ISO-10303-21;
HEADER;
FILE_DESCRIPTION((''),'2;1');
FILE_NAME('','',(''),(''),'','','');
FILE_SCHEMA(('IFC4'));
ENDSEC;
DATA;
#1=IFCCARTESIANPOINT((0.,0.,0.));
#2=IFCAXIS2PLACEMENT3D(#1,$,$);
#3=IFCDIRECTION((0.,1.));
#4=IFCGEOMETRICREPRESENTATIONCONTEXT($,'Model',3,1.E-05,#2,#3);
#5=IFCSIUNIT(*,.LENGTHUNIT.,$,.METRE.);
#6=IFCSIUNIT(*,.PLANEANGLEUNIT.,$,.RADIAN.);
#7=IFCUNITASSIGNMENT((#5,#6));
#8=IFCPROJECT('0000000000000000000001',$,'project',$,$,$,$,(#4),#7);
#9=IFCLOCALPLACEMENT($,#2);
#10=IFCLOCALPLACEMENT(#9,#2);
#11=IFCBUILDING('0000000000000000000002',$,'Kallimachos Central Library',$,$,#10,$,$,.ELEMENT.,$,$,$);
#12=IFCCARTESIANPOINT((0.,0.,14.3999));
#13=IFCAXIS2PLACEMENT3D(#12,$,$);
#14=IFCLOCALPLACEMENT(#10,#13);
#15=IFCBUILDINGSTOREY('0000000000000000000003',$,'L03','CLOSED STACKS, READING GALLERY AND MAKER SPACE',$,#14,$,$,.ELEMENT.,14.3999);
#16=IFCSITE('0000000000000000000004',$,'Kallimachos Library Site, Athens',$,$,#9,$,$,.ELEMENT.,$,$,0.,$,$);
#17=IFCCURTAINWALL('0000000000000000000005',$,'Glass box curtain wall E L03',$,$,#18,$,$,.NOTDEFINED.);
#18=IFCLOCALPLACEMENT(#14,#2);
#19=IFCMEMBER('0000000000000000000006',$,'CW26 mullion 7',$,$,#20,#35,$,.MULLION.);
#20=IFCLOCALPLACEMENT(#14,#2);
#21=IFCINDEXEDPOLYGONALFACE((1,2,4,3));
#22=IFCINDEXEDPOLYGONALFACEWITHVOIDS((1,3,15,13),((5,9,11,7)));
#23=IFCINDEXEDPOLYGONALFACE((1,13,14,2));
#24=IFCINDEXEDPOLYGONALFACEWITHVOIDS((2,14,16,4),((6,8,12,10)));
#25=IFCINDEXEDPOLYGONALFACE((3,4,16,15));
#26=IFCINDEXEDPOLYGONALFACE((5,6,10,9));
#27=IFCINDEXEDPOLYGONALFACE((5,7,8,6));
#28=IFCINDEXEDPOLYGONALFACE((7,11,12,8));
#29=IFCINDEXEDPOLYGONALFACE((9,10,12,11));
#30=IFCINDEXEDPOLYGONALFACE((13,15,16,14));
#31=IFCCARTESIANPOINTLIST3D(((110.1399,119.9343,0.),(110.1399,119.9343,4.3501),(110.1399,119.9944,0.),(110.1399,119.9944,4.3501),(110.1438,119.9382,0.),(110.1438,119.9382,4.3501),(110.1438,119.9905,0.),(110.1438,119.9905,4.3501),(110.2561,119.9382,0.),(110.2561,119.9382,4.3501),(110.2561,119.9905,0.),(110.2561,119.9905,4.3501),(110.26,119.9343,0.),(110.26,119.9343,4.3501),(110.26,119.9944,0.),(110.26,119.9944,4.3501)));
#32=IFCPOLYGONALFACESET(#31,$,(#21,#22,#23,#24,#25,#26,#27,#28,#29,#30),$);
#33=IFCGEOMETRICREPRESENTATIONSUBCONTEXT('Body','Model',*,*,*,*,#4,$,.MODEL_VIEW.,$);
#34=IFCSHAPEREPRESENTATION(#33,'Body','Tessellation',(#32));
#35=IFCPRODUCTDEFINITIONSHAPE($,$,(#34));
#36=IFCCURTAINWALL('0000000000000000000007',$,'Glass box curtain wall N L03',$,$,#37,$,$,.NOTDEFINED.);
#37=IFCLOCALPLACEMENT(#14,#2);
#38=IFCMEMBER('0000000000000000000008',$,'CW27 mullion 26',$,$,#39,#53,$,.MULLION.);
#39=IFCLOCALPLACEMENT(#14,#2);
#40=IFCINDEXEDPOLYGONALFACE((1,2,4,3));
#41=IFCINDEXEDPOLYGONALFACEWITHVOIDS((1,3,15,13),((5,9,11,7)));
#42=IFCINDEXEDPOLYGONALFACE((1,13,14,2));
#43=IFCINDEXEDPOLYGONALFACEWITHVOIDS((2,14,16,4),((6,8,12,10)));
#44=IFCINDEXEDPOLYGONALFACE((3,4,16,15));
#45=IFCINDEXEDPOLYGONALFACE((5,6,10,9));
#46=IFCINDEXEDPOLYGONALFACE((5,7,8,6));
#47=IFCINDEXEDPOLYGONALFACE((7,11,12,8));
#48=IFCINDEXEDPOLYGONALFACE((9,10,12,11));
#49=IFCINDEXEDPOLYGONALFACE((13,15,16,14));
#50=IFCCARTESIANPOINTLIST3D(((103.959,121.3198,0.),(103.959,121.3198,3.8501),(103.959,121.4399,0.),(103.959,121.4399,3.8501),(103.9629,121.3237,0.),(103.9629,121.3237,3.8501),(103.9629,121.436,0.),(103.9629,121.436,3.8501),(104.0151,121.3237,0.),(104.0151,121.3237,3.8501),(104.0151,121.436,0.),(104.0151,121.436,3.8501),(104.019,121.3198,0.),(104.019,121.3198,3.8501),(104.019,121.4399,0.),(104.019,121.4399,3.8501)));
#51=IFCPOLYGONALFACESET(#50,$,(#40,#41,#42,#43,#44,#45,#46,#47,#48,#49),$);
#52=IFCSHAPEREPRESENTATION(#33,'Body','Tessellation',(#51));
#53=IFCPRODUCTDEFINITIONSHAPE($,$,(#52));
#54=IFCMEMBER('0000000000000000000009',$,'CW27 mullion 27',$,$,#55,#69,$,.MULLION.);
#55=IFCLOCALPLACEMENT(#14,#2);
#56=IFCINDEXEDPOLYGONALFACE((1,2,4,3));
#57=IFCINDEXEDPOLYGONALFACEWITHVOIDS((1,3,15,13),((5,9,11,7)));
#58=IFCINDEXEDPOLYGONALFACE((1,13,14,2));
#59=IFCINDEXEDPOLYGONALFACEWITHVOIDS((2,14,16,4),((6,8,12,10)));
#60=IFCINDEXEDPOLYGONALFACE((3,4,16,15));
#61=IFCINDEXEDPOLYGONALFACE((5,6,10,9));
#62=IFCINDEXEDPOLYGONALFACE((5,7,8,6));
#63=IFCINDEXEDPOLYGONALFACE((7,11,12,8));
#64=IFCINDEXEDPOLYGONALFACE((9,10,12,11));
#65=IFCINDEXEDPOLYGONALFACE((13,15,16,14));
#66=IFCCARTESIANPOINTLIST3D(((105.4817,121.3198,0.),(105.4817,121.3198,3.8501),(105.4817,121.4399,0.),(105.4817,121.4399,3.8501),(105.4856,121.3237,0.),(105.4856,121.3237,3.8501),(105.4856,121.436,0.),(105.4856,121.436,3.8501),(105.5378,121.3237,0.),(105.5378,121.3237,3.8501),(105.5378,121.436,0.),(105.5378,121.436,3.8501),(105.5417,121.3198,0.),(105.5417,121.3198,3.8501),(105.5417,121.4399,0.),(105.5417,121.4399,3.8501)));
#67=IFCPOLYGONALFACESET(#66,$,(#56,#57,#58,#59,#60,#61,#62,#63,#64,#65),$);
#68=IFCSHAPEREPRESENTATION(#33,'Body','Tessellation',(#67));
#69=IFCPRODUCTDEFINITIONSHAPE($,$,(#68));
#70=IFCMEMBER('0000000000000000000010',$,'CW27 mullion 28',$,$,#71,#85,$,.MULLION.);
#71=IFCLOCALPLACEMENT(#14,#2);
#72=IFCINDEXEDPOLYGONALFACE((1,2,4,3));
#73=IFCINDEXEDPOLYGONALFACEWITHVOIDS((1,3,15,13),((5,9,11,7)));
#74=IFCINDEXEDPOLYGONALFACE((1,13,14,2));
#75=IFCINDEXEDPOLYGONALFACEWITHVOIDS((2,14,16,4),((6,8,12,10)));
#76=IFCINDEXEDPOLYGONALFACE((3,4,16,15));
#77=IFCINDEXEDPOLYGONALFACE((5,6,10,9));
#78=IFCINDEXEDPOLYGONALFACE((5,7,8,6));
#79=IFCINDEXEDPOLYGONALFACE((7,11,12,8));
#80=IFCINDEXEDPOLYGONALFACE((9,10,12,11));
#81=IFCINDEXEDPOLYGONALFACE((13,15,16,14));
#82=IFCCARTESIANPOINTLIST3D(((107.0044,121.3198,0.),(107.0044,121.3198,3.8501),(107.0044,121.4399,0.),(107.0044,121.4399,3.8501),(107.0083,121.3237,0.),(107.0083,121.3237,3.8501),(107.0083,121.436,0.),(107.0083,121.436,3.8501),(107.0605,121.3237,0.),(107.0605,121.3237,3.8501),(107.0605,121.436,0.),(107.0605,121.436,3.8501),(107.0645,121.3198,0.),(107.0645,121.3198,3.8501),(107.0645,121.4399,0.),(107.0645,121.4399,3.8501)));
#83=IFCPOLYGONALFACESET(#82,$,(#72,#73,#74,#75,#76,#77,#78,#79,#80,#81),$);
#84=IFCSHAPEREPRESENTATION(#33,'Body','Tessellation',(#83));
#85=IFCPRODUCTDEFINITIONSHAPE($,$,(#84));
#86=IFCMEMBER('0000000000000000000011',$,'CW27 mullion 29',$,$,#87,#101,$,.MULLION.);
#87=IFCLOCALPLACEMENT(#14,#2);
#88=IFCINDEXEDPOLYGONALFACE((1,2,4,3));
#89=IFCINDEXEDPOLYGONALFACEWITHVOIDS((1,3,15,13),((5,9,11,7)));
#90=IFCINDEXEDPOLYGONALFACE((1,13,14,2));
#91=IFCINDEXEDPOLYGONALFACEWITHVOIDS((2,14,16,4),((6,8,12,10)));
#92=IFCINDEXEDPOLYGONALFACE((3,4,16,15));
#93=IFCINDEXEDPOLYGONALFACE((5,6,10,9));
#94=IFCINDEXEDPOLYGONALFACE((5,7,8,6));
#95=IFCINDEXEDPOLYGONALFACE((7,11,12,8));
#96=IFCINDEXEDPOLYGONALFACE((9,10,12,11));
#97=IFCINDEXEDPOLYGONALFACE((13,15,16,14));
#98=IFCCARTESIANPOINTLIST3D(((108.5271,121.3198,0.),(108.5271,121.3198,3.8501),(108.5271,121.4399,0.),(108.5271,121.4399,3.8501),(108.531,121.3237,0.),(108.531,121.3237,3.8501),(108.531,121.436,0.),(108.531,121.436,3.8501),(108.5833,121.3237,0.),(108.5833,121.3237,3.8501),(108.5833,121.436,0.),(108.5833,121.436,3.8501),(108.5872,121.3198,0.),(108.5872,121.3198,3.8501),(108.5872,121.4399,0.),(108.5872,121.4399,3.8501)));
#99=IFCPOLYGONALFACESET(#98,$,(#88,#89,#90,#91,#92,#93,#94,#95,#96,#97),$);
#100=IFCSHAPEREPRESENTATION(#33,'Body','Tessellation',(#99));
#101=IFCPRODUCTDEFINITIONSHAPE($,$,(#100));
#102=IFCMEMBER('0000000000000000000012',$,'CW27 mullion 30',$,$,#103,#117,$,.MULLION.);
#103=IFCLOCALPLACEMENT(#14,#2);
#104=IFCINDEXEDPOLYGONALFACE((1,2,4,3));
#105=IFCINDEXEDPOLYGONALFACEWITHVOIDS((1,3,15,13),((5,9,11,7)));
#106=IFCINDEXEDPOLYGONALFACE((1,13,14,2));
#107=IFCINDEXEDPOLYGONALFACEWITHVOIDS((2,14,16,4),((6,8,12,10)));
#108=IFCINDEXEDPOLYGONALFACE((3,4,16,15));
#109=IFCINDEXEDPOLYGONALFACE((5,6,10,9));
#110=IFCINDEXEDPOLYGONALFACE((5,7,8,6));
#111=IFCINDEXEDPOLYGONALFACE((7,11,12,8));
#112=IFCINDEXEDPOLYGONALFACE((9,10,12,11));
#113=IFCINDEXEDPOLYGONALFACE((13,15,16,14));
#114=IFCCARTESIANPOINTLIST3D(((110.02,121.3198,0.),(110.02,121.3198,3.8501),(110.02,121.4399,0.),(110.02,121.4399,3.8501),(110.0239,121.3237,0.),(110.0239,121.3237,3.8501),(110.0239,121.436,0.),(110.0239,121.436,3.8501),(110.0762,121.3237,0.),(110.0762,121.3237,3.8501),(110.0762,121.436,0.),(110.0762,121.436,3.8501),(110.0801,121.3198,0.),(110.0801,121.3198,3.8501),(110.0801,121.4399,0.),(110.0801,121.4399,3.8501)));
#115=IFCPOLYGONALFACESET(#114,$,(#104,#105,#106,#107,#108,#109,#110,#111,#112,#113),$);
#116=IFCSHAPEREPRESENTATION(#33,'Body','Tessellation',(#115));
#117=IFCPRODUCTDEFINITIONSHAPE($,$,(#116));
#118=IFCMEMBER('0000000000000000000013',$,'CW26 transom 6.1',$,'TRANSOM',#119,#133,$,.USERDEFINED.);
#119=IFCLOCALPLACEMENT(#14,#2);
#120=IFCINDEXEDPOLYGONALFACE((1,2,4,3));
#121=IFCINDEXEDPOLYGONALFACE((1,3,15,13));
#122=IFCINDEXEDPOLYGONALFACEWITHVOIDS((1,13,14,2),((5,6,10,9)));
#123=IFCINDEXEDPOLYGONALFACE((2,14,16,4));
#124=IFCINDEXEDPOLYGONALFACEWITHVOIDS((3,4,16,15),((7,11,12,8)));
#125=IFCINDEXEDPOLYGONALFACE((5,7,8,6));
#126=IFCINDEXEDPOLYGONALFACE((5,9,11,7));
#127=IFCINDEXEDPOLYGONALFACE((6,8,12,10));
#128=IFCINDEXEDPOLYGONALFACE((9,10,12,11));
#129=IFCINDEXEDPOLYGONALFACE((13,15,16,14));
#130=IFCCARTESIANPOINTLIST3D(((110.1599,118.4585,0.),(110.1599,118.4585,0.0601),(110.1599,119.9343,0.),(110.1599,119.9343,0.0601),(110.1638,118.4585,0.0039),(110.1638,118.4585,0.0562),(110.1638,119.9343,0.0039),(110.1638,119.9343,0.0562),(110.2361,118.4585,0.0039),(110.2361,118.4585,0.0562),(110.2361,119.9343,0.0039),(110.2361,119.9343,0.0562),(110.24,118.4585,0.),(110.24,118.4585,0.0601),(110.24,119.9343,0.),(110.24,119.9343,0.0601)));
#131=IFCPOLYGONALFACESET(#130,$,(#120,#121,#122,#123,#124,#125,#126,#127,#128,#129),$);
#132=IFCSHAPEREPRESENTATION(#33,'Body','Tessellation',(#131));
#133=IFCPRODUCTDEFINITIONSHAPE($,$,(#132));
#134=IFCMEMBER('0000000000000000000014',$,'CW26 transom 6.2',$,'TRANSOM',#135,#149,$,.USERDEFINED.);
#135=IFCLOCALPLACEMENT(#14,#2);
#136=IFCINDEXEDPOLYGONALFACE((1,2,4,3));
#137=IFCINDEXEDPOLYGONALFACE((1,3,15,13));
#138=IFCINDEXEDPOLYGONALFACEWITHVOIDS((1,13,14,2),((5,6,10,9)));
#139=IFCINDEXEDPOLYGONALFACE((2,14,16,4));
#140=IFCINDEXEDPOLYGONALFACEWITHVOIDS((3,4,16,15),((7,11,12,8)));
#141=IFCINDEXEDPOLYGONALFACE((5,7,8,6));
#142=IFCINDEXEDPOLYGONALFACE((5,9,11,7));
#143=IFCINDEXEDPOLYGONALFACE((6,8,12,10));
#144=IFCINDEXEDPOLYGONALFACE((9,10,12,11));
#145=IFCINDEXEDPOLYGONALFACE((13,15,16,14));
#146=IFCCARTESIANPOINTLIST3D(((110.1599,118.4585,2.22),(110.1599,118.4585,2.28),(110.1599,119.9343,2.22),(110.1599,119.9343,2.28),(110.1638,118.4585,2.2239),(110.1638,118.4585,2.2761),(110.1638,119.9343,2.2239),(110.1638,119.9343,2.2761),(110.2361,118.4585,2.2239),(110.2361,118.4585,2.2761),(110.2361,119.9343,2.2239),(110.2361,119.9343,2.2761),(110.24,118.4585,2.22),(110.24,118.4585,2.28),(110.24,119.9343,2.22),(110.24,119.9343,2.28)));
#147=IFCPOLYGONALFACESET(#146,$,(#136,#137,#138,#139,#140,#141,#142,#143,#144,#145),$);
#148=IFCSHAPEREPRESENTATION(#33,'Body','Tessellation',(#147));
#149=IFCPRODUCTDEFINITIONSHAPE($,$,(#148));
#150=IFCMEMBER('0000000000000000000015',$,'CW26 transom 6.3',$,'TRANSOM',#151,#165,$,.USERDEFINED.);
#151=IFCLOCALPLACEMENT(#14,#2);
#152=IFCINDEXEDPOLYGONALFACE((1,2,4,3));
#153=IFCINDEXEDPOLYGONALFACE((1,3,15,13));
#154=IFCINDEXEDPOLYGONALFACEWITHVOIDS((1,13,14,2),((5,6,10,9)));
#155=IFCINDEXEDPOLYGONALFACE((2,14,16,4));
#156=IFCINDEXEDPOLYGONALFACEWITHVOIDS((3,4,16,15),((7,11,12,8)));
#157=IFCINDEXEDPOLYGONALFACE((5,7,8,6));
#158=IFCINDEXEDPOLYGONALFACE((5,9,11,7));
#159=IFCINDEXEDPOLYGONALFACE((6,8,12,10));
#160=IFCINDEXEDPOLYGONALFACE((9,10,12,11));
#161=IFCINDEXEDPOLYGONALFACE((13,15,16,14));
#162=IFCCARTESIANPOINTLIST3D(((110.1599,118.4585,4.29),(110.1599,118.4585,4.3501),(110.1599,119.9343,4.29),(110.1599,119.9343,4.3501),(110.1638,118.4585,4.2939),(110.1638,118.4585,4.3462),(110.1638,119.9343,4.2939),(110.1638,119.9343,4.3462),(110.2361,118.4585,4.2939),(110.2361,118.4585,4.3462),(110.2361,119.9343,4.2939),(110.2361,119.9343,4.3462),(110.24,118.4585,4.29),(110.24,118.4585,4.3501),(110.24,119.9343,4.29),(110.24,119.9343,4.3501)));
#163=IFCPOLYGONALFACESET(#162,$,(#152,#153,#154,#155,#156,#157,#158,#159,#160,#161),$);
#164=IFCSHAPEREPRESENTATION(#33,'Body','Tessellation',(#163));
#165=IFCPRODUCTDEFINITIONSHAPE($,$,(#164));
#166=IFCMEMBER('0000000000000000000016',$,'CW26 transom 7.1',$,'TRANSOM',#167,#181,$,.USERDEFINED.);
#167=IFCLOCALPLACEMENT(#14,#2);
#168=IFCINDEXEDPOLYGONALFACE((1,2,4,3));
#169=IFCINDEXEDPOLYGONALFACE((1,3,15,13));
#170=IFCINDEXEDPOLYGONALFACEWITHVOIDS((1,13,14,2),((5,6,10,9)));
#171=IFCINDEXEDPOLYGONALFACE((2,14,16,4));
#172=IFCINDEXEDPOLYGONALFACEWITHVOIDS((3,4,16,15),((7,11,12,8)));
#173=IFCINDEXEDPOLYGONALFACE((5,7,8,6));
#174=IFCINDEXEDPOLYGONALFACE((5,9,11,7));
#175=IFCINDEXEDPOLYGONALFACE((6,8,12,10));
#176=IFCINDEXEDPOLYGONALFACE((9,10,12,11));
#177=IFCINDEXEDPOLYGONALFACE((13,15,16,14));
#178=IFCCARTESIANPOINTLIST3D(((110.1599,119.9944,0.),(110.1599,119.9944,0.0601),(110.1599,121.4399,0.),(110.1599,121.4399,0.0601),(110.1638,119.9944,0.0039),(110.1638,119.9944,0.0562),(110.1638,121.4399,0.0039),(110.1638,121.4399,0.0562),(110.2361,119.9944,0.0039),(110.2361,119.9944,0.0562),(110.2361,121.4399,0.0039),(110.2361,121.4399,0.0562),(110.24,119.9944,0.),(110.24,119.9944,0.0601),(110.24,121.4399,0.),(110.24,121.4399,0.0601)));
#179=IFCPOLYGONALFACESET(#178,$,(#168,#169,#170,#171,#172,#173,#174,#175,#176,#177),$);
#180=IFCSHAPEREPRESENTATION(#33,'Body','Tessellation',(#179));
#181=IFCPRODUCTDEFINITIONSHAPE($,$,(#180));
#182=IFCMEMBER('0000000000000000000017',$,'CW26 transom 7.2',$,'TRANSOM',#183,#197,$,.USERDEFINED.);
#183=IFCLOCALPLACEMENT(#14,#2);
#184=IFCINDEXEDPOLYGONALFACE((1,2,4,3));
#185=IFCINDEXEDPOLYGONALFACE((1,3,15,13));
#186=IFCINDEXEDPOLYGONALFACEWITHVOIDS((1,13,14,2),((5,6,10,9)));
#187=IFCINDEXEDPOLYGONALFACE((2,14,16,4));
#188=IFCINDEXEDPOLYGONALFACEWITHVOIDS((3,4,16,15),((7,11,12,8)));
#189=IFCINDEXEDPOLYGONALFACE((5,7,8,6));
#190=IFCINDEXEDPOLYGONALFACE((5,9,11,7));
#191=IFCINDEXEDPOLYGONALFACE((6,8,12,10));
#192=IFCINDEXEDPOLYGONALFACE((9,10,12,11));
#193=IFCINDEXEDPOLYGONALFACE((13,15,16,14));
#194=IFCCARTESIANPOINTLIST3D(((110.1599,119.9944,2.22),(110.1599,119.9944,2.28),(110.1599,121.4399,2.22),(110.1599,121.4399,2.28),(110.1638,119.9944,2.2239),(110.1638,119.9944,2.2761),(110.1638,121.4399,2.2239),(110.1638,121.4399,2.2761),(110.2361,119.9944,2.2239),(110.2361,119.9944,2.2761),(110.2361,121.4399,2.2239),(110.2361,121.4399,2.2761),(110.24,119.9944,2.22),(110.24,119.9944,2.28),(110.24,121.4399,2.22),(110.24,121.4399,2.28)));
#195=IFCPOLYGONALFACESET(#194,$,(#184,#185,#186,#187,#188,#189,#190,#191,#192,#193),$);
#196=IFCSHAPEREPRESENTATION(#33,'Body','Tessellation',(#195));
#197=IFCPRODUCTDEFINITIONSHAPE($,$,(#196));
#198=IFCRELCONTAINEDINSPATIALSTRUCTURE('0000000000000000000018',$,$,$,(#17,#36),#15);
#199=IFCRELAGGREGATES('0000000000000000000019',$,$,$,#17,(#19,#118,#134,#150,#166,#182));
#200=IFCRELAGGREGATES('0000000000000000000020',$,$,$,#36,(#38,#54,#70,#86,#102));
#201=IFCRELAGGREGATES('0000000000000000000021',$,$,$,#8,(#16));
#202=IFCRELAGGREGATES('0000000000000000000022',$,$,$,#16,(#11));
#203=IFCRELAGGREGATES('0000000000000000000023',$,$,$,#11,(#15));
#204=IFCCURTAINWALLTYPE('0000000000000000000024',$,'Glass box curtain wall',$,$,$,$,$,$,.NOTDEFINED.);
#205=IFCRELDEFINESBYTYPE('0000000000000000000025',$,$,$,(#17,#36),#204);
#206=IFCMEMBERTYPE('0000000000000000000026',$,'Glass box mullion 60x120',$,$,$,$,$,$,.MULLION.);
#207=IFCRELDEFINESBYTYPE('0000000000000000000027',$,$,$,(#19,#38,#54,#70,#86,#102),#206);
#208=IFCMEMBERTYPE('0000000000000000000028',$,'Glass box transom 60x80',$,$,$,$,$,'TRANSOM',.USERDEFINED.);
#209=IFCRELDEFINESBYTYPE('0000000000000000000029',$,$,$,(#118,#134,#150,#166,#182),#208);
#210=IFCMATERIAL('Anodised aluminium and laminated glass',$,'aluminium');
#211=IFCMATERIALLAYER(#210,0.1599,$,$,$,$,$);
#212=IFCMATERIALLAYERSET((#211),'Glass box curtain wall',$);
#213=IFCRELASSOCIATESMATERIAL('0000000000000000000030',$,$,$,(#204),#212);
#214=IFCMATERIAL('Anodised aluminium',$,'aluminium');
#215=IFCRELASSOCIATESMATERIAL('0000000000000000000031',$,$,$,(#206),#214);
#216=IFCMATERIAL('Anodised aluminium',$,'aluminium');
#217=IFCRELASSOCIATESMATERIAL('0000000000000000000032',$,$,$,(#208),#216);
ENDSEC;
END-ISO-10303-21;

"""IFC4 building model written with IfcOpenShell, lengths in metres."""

from ifc_helpers import new_model, si_unit, direction, frame, origin, origin_2d, place, context, subcontext, project, spatial, hollow_rectangle, extrude, material, layer, layer_set, material_profile, profile_set, type_object, element, aggregate, save


model = new_model("IFC4")

# Units and contexts
model_context = context("Model", 3, precision=1e-05, world=origin(), true_north=direction((0.0, 1.0)))
body_context = subcontext(model_context, "Body", "Model", "MODEL_VIEW")
ifc_project = project(units=[si_unit("LENGTHUNIT", "METRE"), si_unit("PLANEANGLEUNIT", "RADIAN")], contexts=[model_context])

# Site, building, storey
site_placement = place(None, origin())
site = spatial("IfcSite", under=ifc_project, at=site_placement, Name="Kallimachos Library Site, Athens", CompositionType="ELEMENT", RefElevation=0.0)
building_placement = place(site_placement, origin())
building = spatial("IfcBuilding", under=site, at=building_placement, Name="Kallimachos Central Library", CompositionType="ELEMENT")
storey_placement = place(building_placement, frame((0.0, 0.0, 14.3999)))
storey = spatial("IfcBuildingStorey", under=building, at=storey_placement, Name="L03", Description="CLOSED STACKS, READING GALLERY AND MAKER SPACE", CompositionType="ELEMENT", Elevation=14.3999)

# Curtain wall, member
ifc_material_1 = material(Name="Anodised aluminium and laminated glass", Category="aluminium")
ifc_layer_1 = layer(ifc_material_1, 0.1599)
ifc_layer_set_1 = layer_set([ifc_layer_1], Name="Glass box curtain wall")
curtain_wall_type = type_object("IfcCurtainWallType", Name="Glass box curtain wall", PredefinedType="NOTDEFINED", material=ifc_layer_set_1)
curtain_wall_1_placement = place(storey_placement, origin())
curtain_wall_1 = element("IfcCurtainWall", 1, at=curtain_wall_1_placement, inside=storey, type_object=curtain_wall_type, Name="Glass box curtain wall E L03", PredefinedType="NOTDEFINED")
ifc_material_2 = material(Name="Anodised aluminium", Category="aluminium")
ifc_material_profile_1 = material_profile(ifc_material_2, hollow_rectangle(XDim=0.0601, YDim=0.1201, WallThickness=0.0039, at=origin_2d()), Name="ALU MULLION 60x120")
ifc_profile_set_1 = profile_set([ifc_material_profile_1], Name="Anodised aluminium")
member_type_1 = type_object("IfcMemberType", Name="Glass box mullion 60x120", PredefinedType="MULLION", material=ifc_profile_set_1)
member_1_placement = place(storey_placement, frame((110.2, 119.9644, 0.0), z_axis=(0.0, 0.0, 1.0), x_axis=(0.0, 1.0, 0.0)))
member_1 = element("IfcMember", 2, at=member_1_placement, type_object=member_type_1, Name="CW26 mullion 7", PredefinedType="MULLION", context=body_context, shape_type="SweptSolid", body=[
    extrude(hollow_rectangle(XDim=0.0601, YDim=0.1201, WallThickness=0.0039, at=origin_2d()), origin(), (0.0, 0.0, 1.0), 4.3501),
])

# Curtain wall, members
curtain_wall_2_placement = place(storey_placement, origin())
curtain_wall_2 = element("IfcCurtainWall", 3, at=curtain_wall_2_placement, inside=storey, type_object=curtain_wall_type, Name="Glass box curtain wall N L03", PredefinedType="NOTDEFINED")
member_2_placement = place(storey_placement, frame((103.989, 121.3799, 0.0), z_axis=(0.0, 0.0, 1.0), x_axis=(1.0, 0.0, 0.0)))
member_2 = element("IfcMember", 4, at=member_2_placement, type_object=member_type_1, Name="CW27 mullion 26", PredefinedType="MULLION", context=body_context, shape_type="SweptSolid", body=[
    extrude(hollow_rectangle(XDim=0.0601, YDim=0.1201, WallThickness=0.0039, at=origin_2d()), origin(), (0.0, 0.0, 1.0), 3.8501),
])
member_3_placement = place(storey_placement, frame((105.5117, 121.3799, 0.0), z_axis=(0.0, 0.0, 1.0), x_axis=(1.0, 0.0, 0.0)))
member_3 = element("IfcMember", 5, at=member_3_placement, type_object=member_type_1, Name="CW27 mullion 27", PredefinedType="MULLION", context=body_context, shape_type="SweptSolid", body=[
    extrude(hollow_rectangle(XDim=0.0601, YDim=0.1201, WallThickness=0.0039, at=origin_2d()), origin(), (0.0, 0.0, 1.0), 3.8501),
])
member_4_placement = place(storey_placement, frame((107.0344, 121.3799, 0.0), z_axis=(0.0, 0.0, 1.0), x_axis=(1.0, 0.0, 0.0)))
member_4 = element("IfcMember", 6, at=member_4_placement, type_object=member_type_1, Name="CW27 mullion 28", PredefinedType="MULLION", context=body_context, shape_type="SweptSolid", body=[
    extrude(hollow_rectangle(XDim=0.0601, YDim=0.1201, WallThickness=0.0039, at=origin_2d()), origin(), (0.0, 0.0, 1.0), 3.8501),
])
member_5_placement = place(storey_placement, frame((108.5571, 121.3799, 0.0), z_axis=(0.0, 0.0, 1.0), x_axis=(1.0, 0.0, 0.0)))
member_5 = element("IfcMember", 7, at=member_5_placement, type_object=member_type_1, Name="CW27 mullion 29", PredefinedType="MULLION", context=body_context, shape_type="SweptSolid", body=[
    extrude(hollow_rectangle(XDim=0.0601, YDim=0.1201, WallThickness=0.0039, at=origin_2d()), origin(), (0.0, 0.0, 1.0), 3.8501),
])
member_6_placement = place(storey_placement, frame((110.05, 121.3799, 0.0), z_axis=(0.0, 0.0, 1.0), x_axis=(1.0, 0.0, 0.0)))
member_6 = element("IfcMember", 8, at=member_6_placement, type_object=member_type_1, Name="CW27 mullion 30", PredefinedType="MULLION", context=body_context, shape_type="SweptSolid", body=[
    extrude(hollow_rectangle(XDim=0.0601, YDim=0.1201, WallThickness=0.0039, at=origin_2d()), origin(), (0.0, 0.0, 1.0), 3.8501),
])

# Members
ifc_material_3 = material(Name="Anodised aluminium", Category="aluminium")
ifc_material_profile_2 = material_profile(ifc_material_3, hollow_rectangle(XDim=0.0601, YDim=0.0801, WallThickness=0.0039, at=origin_2d()), Name="ALU TRANSOM 60x80")
ifc_profile_set_2 = profile_set([ifc_material_profile_2], Name="Anodised aluminium")
member_type_2 = type_object("IfcMemberType", Name="Glass box transom 60x80", ElementType="TRANSOM", PredefinedType="USERDEFINED", material=ifc_profile_set_2)
member_7_placement = place(storey_placement, frame((110.2, 118.4585, 0.03), z_axis=(0.0, 1.0, 0.0), x_axis=(0.0, 0.0, 1.0)))
member_7 = element("IfcMember", 9, at=member_7_placement, type_object=member_type_2, Name="CW26 transom 6.1", ObjectType="TRANSOM", PredefinedType="USERDEFINED", context=body_context, shape_type="SweptSolid", body=[
    extrude(hollow_rectangle(XDim=0.0601, YDim=0.0801, WallThickness=0.0039, at=origin_2d()), origin(), (0.0, 0.0, 1.0), 1.4758),
])
member_8_placement = place(storey_placement, frame((110.2, 118.4585, 2.25), z_axis=(0.0, 1.0, 0.0), x_axis=(0.0, 0.0, 1.0)))
member_8 = element("IfcMember", 10, at=member_8_placement, type_object=member_type_2, Name="CW26 transom 6.2", ObjectType="TRANSOM", PredefinedType="USERDEFINED", context=body_context, shape_type="SweptSolid", body=[
    extrude(hollow_rectangle(XDim=0.0601, YDim=0.0801, WallThickness=0.0039, at=origin_2d()), origin(), (0.0, 0.0, 1.0), 1.4758),
])
member_9_placement = place(storey_placement, frame((110.2, 118.4585, 4.3201), z_axis=(0.0, 1.0, 0.0), x_axis=(0.0, 0.0, 1.0)))
member_9 = element("IfcMember", 11, at=member_9_placement, type_object=member_type_2, Name="CW26 transom 6.3", ObjectType="TRANSOM", PredefinedType="USERDEFINED", context=body_context, shape_type="SweptSolid", body=[
    extrude(hollow_rectangle(XDim=0.0601, YDim=0.0801, WallThickness=0.0039, at=origin_2d()), origin(), (0.0, 0.0, 1.0), 1.4758),
])
member_10_placement = place(storey_placement, frame((110.2, 119.9944, 0.03), z_axis=(0.0, 1.0, 0.0), x_axis=(0.0, 0.0, 1.0)))
member_10 = element("IfcMember", 12, at=member_10_placement, type_object=member_type_2, Name="CW26 transom 7.1", ObjectType="TRANSOM", PredefinedType="USERDEFINED", context=body_context, shape_type="SweptSolid", body=[
    extrude(hollow_rectangle(XDim=0.0601, YDim=0.0801, WallThickness=0.0039, at=origin_2d()), origin(), (0.0, 0.0, 1.0), 1.4456),
])
member_11_placement = place(storey_placement, frame((110.2, 119.9944, 2.25), z_axis=(0.0, 1.0, 0.0), x_axis=(0.0, 0.0, 1.0)))
member_11 = element("IfcMember", 13, at=member_11_placement, type_object=member_type_2, Name="CW26 transom 7.2", ObjectType="TRANSOM", PredefinedType="USERDEFINED", context=body_context, shape_type="SweptSolid", body=[
    extrude(hollow_rectangle(XDim=0.0601, YDim=0.0801, WallThickness=0.0039, at=origin_2d()), origin(), (0.0, 0.0, 1.0), 1.4456),
])

aggregate(curtain_wall_1, [member_1, member_7, member_8, member_9, member_10, member_11])
aggregate(curtain_wall_2, [member_2, member_3, member_4, member_5, member_6])

save(model, "model.ifc")
